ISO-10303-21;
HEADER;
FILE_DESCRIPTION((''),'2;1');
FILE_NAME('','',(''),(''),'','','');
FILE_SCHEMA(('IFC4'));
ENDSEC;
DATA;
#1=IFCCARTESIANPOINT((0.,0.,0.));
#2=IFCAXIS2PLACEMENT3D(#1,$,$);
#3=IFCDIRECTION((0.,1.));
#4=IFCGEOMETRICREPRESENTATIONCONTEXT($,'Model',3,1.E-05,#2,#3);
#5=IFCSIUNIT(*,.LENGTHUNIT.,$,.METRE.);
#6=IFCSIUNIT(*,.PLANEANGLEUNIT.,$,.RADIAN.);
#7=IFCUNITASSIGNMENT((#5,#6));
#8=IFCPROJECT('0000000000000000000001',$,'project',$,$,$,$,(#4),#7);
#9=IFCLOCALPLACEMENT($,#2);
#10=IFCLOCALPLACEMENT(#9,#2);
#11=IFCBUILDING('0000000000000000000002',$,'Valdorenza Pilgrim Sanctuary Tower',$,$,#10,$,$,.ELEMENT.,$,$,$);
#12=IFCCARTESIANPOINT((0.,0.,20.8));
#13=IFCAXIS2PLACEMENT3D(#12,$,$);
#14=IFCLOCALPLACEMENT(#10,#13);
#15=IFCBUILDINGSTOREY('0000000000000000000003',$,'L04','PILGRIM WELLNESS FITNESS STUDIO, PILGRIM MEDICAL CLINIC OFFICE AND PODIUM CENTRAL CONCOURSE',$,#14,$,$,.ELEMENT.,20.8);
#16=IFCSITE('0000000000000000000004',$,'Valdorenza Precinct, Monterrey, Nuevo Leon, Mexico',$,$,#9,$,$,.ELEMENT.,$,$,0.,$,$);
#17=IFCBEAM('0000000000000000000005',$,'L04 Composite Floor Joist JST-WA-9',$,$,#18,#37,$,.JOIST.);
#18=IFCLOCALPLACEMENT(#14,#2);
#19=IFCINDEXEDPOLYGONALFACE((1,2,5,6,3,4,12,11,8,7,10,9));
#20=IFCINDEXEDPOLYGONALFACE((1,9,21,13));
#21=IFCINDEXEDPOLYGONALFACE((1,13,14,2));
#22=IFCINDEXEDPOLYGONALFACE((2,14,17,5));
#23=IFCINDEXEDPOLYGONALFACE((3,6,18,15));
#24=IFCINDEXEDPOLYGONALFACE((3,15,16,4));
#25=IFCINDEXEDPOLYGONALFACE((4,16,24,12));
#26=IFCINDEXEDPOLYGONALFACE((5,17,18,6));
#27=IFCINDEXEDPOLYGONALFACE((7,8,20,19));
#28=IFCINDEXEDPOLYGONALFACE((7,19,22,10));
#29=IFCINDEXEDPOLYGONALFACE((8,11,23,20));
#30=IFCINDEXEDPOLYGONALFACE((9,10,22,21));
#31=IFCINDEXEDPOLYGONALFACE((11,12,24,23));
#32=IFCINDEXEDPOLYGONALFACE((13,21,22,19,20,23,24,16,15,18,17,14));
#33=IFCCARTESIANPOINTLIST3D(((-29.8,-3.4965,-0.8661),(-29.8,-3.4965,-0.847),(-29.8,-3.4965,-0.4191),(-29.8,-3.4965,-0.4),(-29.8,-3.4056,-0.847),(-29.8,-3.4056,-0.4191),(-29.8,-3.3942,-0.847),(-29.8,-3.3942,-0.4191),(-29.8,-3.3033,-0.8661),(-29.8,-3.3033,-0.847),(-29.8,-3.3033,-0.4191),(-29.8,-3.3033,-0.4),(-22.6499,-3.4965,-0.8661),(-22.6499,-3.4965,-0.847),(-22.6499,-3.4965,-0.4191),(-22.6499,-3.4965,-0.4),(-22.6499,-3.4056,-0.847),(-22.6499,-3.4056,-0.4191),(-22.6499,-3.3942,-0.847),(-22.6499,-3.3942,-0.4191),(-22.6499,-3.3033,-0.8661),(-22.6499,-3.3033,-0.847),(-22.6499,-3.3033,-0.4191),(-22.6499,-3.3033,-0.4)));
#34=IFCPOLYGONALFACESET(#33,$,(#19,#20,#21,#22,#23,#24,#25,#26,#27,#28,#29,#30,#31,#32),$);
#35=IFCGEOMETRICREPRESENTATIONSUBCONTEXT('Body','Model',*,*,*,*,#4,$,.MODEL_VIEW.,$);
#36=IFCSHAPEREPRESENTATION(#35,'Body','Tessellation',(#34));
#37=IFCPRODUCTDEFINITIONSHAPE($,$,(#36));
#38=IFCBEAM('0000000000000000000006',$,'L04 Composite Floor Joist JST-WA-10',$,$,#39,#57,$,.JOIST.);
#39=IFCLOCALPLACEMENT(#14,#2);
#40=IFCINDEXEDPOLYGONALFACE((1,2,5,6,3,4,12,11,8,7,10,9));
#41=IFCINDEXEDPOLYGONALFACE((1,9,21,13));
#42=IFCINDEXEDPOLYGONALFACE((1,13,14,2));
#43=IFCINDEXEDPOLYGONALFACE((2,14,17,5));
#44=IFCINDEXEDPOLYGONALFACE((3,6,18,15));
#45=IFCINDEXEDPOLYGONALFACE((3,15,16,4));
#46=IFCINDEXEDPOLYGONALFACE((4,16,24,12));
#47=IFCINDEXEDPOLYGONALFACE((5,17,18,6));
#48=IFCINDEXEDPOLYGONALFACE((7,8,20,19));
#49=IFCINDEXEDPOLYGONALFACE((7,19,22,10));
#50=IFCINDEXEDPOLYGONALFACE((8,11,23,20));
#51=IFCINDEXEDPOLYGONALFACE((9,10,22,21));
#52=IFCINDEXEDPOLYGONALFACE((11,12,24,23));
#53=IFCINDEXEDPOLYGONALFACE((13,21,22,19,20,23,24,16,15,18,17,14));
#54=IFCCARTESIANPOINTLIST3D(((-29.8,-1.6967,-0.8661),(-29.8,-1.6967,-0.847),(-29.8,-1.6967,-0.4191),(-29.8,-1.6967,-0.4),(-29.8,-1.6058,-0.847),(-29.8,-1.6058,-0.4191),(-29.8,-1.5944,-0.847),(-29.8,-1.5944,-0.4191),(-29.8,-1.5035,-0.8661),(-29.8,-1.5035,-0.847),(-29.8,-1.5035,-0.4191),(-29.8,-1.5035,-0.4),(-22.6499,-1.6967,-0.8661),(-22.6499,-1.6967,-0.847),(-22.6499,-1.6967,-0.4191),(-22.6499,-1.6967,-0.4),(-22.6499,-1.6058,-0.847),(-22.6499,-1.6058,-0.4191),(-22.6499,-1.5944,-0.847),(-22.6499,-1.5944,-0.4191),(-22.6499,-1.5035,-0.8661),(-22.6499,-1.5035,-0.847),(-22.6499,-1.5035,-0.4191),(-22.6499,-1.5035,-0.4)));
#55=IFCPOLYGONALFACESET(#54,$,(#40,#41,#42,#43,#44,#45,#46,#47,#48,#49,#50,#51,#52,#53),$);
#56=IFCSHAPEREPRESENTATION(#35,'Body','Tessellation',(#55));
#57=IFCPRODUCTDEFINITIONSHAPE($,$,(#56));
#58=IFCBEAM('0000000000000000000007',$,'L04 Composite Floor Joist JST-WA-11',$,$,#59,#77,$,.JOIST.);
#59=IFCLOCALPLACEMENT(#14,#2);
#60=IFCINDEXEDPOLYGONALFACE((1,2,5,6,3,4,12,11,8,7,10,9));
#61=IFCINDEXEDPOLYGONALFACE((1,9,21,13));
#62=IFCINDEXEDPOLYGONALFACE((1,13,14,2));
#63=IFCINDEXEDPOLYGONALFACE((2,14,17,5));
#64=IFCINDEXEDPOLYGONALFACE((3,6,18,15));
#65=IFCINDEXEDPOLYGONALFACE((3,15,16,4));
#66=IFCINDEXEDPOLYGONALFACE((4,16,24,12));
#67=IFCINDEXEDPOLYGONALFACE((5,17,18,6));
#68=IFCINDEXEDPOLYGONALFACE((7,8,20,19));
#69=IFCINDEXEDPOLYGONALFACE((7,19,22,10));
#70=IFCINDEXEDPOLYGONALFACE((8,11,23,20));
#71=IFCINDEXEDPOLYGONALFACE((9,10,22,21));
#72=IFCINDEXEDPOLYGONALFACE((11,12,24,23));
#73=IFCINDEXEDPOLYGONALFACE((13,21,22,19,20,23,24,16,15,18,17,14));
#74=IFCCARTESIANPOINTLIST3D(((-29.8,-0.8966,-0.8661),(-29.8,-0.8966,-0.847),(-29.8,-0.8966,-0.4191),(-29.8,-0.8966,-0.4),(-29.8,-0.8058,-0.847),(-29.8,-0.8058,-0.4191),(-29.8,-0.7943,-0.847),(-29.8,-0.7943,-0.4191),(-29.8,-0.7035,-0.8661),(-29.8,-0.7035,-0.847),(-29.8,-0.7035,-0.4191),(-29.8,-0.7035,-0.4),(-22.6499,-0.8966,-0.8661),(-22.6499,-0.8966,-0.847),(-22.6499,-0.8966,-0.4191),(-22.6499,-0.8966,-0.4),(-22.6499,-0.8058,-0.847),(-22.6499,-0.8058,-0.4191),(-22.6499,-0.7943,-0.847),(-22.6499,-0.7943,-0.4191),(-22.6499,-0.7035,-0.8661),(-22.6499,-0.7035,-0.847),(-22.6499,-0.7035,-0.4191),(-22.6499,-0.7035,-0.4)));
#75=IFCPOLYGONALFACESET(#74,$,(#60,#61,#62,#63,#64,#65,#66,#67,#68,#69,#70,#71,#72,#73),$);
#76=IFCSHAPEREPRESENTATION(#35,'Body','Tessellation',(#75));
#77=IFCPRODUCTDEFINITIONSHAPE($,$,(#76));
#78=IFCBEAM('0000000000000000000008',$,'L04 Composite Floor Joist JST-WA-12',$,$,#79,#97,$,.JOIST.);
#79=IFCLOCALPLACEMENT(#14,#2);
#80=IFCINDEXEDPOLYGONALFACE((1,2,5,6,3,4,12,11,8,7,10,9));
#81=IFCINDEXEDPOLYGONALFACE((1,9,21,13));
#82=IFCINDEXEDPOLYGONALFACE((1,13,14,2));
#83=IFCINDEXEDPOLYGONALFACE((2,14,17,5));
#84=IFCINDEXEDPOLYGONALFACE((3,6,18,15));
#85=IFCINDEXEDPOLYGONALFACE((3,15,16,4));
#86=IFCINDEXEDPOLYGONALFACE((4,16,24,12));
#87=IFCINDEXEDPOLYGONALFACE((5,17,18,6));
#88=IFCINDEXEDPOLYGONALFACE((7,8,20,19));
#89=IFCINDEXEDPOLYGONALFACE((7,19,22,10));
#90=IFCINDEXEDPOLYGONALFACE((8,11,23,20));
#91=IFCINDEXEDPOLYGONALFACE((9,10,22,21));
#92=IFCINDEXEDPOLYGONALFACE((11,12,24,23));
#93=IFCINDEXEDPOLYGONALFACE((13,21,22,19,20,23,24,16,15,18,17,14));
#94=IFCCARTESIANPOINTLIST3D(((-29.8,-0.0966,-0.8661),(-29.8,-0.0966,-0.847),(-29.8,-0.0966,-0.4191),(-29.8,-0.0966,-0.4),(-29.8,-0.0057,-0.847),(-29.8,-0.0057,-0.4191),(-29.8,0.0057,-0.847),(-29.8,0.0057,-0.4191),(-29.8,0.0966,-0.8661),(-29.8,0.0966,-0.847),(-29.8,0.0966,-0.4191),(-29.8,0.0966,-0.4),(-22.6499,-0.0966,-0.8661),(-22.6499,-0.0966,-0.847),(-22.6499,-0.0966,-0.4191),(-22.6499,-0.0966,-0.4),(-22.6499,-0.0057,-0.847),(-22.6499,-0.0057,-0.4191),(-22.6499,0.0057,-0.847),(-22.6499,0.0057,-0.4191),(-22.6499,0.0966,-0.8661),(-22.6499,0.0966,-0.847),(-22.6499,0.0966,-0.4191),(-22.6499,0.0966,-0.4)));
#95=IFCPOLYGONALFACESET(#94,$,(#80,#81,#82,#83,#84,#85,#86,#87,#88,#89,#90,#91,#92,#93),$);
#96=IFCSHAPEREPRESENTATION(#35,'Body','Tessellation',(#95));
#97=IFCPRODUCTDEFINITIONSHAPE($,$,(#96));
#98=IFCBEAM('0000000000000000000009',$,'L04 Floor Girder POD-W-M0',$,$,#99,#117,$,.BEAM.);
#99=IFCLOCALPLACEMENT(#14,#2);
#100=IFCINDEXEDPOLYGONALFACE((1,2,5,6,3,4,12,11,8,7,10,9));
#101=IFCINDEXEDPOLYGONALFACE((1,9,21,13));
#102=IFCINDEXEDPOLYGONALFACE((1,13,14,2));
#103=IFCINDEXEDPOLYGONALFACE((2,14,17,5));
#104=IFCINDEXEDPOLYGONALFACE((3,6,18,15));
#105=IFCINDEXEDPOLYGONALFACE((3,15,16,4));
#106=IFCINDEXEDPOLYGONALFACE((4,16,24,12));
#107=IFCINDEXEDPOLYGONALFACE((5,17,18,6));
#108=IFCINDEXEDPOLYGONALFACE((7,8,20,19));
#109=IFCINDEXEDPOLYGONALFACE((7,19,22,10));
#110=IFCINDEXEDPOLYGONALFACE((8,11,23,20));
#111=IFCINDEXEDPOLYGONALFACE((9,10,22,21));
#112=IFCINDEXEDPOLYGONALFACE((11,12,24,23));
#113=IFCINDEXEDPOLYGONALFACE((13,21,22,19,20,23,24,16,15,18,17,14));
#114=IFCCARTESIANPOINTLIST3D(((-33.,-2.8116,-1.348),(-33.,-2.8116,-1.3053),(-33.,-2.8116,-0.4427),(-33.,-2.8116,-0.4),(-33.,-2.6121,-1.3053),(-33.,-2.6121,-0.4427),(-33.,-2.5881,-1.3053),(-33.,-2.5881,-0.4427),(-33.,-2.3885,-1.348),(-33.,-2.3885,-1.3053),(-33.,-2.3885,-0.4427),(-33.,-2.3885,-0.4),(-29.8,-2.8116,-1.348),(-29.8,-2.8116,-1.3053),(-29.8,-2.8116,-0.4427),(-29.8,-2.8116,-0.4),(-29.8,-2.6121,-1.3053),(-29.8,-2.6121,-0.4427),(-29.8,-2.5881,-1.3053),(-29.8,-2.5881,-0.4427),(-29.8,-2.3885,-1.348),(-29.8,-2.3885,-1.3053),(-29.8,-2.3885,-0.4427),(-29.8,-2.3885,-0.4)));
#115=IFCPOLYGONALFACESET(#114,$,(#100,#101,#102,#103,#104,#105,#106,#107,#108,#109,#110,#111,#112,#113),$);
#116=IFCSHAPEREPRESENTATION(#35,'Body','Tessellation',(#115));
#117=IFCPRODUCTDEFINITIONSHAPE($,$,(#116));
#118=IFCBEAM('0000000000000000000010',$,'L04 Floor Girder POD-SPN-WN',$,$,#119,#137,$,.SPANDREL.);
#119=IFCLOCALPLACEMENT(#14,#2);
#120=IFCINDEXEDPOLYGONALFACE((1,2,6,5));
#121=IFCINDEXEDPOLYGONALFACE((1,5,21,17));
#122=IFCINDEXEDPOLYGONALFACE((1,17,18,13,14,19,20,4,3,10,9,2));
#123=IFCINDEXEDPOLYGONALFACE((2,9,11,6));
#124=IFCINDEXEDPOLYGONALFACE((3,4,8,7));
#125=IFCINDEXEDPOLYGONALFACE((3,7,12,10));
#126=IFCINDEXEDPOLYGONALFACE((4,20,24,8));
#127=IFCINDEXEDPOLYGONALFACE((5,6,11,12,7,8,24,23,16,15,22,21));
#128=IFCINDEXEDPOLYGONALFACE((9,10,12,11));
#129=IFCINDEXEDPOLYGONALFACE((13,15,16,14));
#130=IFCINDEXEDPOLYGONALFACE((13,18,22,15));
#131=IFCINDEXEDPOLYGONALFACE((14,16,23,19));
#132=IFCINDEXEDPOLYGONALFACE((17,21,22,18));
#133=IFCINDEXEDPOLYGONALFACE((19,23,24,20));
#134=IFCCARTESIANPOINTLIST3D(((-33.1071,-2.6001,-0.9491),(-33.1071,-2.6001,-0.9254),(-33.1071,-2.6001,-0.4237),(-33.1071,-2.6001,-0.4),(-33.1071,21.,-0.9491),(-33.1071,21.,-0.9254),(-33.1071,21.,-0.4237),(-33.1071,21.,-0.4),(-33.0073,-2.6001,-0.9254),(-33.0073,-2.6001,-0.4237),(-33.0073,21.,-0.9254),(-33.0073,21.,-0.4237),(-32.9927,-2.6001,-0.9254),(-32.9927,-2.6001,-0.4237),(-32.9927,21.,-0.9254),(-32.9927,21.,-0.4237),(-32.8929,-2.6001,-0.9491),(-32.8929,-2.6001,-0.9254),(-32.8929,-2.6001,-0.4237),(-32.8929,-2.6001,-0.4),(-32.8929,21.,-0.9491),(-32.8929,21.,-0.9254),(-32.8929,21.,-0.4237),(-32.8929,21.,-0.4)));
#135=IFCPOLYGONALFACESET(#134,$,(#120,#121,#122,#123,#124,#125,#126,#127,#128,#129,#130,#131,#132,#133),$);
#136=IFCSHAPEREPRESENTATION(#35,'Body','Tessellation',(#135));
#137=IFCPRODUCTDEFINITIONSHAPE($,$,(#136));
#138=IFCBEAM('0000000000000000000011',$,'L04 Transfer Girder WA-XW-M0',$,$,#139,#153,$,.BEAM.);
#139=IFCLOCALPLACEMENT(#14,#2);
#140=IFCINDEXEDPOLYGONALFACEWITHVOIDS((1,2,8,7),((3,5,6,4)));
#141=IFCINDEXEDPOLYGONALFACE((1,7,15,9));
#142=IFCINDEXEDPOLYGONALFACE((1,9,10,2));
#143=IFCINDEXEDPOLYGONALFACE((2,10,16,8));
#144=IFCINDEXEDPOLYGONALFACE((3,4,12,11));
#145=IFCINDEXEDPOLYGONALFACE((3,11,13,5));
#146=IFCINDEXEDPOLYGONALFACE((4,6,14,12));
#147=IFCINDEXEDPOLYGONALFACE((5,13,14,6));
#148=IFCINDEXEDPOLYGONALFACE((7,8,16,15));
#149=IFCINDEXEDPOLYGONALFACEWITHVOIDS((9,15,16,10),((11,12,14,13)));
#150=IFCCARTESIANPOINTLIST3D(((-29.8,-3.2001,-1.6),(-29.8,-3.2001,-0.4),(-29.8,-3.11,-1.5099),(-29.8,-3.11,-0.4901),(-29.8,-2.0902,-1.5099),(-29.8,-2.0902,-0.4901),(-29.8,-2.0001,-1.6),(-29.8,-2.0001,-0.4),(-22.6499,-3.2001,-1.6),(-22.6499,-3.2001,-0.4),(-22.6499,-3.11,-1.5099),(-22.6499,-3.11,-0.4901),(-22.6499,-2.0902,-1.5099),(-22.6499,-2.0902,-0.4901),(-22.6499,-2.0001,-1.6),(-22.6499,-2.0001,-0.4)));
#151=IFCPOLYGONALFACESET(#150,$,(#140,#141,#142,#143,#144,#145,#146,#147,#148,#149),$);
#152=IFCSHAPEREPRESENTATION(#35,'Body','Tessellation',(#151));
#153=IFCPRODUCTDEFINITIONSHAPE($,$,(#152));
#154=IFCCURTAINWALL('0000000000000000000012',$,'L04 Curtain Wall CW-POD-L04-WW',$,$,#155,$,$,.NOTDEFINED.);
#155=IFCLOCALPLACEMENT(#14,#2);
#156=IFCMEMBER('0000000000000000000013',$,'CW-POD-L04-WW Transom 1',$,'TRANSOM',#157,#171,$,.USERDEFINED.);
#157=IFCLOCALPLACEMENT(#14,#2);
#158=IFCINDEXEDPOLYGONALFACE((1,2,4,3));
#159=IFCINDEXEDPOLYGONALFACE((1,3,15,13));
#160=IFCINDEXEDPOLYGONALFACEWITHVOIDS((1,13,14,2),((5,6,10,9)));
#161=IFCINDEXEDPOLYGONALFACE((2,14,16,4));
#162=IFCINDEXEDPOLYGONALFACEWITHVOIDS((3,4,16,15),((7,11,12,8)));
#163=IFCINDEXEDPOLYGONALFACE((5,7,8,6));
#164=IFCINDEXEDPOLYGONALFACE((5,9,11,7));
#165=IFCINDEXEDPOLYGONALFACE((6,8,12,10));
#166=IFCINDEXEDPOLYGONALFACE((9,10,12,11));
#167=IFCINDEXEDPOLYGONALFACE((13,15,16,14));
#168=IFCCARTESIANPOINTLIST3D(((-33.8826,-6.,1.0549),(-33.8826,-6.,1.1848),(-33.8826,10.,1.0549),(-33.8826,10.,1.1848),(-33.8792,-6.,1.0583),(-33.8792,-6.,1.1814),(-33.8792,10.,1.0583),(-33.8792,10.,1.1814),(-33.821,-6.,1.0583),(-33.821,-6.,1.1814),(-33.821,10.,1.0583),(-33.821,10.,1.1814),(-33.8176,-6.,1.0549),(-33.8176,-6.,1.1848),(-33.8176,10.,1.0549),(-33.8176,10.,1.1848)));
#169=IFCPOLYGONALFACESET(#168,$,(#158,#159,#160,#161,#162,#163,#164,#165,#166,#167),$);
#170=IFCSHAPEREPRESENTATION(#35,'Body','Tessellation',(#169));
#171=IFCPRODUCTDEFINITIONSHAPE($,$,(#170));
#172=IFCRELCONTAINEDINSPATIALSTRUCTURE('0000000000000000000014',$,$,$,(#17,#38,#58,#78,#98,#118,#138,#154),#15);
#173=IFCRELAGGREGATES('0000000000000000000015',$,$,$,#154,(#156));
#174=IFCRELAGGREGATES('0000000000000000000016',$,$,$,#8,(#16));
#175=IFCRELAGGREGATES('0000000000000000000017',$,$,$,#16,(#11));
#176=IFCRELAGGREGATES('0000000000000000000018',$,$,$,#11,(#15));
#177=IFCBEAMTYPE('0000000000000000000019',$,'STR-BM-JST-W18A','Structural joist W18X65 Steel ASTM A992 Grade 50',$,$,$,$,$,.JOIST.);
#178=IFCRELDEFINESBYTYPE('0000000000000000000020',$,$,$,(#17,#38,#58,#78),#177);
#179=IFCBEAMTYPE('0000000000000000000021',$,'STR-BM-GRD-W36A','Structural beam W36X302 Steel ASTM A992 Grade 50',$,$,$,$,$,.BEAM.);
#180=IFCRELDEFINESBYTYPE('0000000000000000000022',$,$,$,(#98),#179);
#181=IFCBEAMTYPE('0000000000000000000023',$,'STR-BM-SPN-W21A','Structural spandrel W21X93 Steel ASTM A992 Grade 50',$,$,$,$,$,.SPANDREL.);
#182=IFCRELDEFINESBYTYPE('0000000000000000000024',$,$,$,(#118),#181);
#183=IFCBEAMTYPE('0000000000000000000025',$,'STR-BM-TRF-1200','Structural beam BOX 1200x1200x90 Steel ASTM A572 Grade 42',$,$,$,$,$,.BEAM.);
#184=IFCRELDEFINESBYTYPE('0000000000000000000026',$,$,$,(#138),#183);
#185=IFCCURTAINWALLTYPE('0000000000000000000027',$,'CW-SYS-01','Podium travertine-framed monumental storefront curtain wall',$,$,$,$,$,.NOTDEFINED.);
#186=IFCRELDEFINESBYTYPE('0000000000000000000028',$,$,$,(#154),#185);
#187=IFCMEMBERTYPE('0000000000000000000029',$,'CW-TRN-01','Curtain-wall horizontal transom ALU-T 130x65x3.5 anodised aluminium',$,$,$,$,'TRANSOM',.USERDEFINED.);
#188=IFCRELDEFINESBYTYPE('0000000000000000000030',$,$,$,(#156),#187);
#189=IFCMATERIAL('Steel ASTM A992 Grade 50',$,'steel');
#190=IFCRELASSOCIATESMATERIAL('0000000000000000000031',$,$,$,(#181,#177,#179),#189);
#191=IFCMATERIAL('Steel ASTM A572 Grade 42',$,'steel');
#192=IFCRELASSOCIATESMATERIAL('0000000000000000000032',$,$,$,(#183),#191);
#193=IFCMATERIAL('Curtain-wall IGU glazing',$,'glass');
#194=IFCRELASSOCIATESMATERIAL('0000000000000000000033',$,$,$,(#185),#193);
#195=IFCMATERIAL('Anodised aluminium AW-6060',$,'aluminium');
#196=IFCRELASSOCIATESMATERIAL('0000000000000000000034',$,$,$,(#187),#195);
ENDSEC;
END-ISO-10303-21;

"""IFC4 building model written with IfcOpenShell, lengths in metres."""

from ifc_helpers import new_model, si_unit, direction, frame, origin, origin_2d, place, context, subcontext, project, spatial, hollow_rectangle, i_section, extrude, source, transform, mapped, material, material_profile, profile_set, type_object, element, aggregate, save


model = new_model("IFC4")

# Units and contexts
model_context = context("Model", 3, precision=1e-05, world=origin(), true_north=direction((0.0, 1.0)))
body_context = subcontext(model_context, "Body", "Model", "MODEL_VIEW")
ifc_project = project(units=[si_unit("LENGTHUNIT", "METRE"), si_unit("PLANEANGLEUNIT", "RADIAN")], contexts=[model_context])

# Site, building, storey
site_placement = place(None, origin())
site = spatial("IfcSite", under=ifc_project, at=site_placement, Name="Valdorenza Precinct, Monterrey, Nuevo Leon, Mexico", CompositionType="ELEMENT", RefElevation=0.0)
building_placement = place(site_placement, origin())
building = spatial("IfcBuilding", under=site, at=building_placement, Name="Valdorenza Pilgrim Sanctuary Tower", CompositionType="ELEMENT")
storey_placement = place(building_placement, frame((0.0, 0.0, 20.8)))
storey = spatial("IfcBuildingStorey", under=building, at=storey_placement, Name="L04", Description="PILGRIM WELLNESS FITNESS STUDIO, PILGRIM MEDICAL CLINIC OFFICE AND PODIUM CENTRAL CONCOURSE", CompositionType="ELEMENT", Elevation=20.8)

# Beams
ifc_material_1 = material(Name="Steel ASTM A992 Grade 50", Category="steel")
ifc_material_profile_1 = material_profile(ifc_material_1, i_section(OverallWidth=0.2141, OverallDepth=0.5491, WebThickness=0.0146, FlangeThickness=0.0237, at=origin_2d()), Name="W21X93")
ifc_profile_set_1 = profile_set([ifc_material_profile_1], Name="Steel ASTM A992 Grade 50")
beam_type_1 = type_object("IfcBeamType", Name="STR-BM-SPN-W21A", Description="Structural spandrel W21X93 Steel ASTM A992 Grade 50", PredefinedType="SPANDREL", material=ifc_profile_set_1)
ifc_material_profile_2 = material_profile(ifc_material_1, i_section(OverallWidth=0.1931, OverallDepth=0.4661, WebThickness=0.0115, FlangeThickness=0.019, at=origin_2d()), Name="W18X65")
ifc_profile_set_2 = profile_set([ifc_material_profile_2], Name="Steel ASTM A992 Grade 50")
beam_type_2 = type_object("IfcBeamType", Name="STR-BM-JST-W18A", Description="Structural joist W18X65 Steel ASTM A992 Grade 50", PredefinedType="JOIST", material=ifc_profile_set_2)
shared_shape_1 = source(origin(), body_context, "Body", "SweptSolid", [
    extrude(i_section(OverallWidth=0.1931, OverallDepth=0.4661, WebThickness=0.0115, FlangeThickness=0.019, at=origin_2d()), origin(), (0.0, 0.0, 1.0), 7.1501),
])
for number, where, z_axis, x_axis, name in (
    (1, (-29.8, -3.3999, -0.6331), (1.0, 0.0, 0.0), (0.0, 1.0, 0.0), "L04 Composite Floor Joist JST-WA-9"),
    (2, (-29.8, -1.6001, -0.6331), (1.0, 0.0, 0.0), (0.0, 1.0, 0.0), "L04 Composite Floor Joist JST-WA-10"),
    (3, (-29.8, -0.8, -0.6331), (1.0, 0.0, 0.0), (0.0, 1.0, 0.0), "L04 Composite Floor Joist JST-WA-11"),
    (4, (-29.8, 0.0, -0.6331), (1.0, 0.0, 0.0), (0.0, 1.0, 0.0), "L04 Composite Floor Joist JST-WA-12"),
):
    element("IfcBeam", number, at=place(storey_placement, frame(where, z_axis=z_axis, x_axis=x_axis)), inside=storey, type_object=beam_type_2, Name=name, PredefinedType="JOIST", context=body_context, shape_type="MappedRepresentation", body=[
        mapped(shared_shape_1, transform((0.0, 0.0, 0.0), x_axis=(1.0, 0.0, 0.0), y_axis=(0.0, 1.0, 0.0), z_axis=(0.0, 0.0, 1.0), scale=1.0)),
    ])
ifc_material_profile_3 = material_profile(ifc_material_1, i_section(OverallWidth=0.4231, OverallDepth=0.948, WebThickness=0.0239, FlangeThickness=0.0427, at=origin_2d()), Name="W36X302")
ifc_profile_set_3 = profile_set([ifc_material_profile_3], Name="Steel ASTM A992 Grade 50")
beam_type_3 = type_object("IfcBeamType", Name="STR-BM-GRD-W36A", Description="Structural beam W36X302 Steel ASTM A992 Grade 50", PredefinedType="BEAM", material=ifc_profile_set_3)
shared_shape_2 = source(origin(), body_context, "Body", "SweptSolid", [
    extrude(i_section(OverallWidth=0.4231, OverallDepth=0.948, WebThickness=0.0239, FlangeThickness=0.0427, at=origin_2d()), origin(), (0.0, 0.0, 1.0), 3.2),
])
beam_1_placement = place(storey_placement, frame((-33.0, -2.6001, -0.874), z_axis=(1.0, 0.0, 0.0), x_axis=(0.0, 1.0, 0.0)))
element("IfcBeam", 5, at=beam_1_placement, inside=storey, type_object=beam_type_3, Name="L04 Floor Girder POD-W-M0", PredefinedType="BEAM", context=body_context, shape_type="MappedRepresentation", body=[
    mapped(shared_shape_2, transform((0.0, 0.0, 0.0), x_axis=(1.0, 0.0, 0.0), y_axis=(0.0, 1.0, 0.0), z_axis=(0.0, 0.0, 1.0), scale=1.0)),
])
shared_shape_3 = source(origin(), body_context, "Body", "SweptSolid", [
    extrude(i_section(OverallWidth=0.2141, OverallDepth=0.5491, WebThickness=0.0146, FlangeThickness=0.0237, at=origin_2d()), origin(), (0.0, 0.0, 1.0), 23.6001),
])
beam_2_placement = place(storey_placement, frame((-33.0, -2.6001, -0.6746), z_axis=(0.0, 1.0, 0.0), x_axis=(-1.0, 0.0, 0.0)))
element("IfcBeam", 6, at=beam_2_placement, inside=storey, type_object=beam_type_1, Name="L04 Floor Girder POD-SPN-WN", PredefinedType="SPANDREL", context=body_context, shape_type="MappedRepresentation", body=[
    mapped(shared_shape_3, transform((0.0, 0.0, 0.0), x_axis=(1.0, 0.0, 0.0), y_axis=(0.0, 1.0, 0.0), z_axis=(0.0, 0.0, 1.0), scale=1.0)),
])
ifc_material_2 = material(Name="Steel ASTM A572 Grade 42", Category="steel")
ifc_material_profile_4 = material_profile(ifc_material_2, hollow_rectangle(XDim=1.2, YDim=1.2, WallThickness=0.0901, at=origin_2d()), Name="BOX 1200x1200x90")
ifc_profile_set_4 = profile_set([ifc_material_profile_4], Name="Steel ASTM A572 Grade 42")
beam_type_4 = type_object("IfcBeamType", Name="STR-BM-TRF-1200", Description="Structural beam BOX 1200x1200x90 Steel ASTM A572 Grade 42", PredefinedType="BEAM", material=ifc_profile_set_4)
shared_shape_4 = source(origin(), body_context, "Body", "SweptSolid", [
    extrude(hollow_rectangle(XDim=1.2, YDim=1.2, WallThickness=0.0901, at=origin_2d()), origin(), (0.0, 0.0, 1.0), 7.1501),
])
beam_3_placement = place(storey_placement, frame((-29.8, -2.6001, -1.0), z_axis=(1.0, 0.0, 0.0), x_axis=(0.0, 1.0, 0.0)))
element("IfcBeam", 7, at=beam_3_placement, inside=storey, type_object=beam_type_4, Name="L04 Transfer Girder WA-XW-M0", PredefinedType="BEAM", context=body_context, shape_type="MappedRepresentation", body=[
    mapped(shared_shape_4, transform((0.0, 0.0, 0.0), x_axis=(1.0, 0.0, 0.0), y_axis=(0.0, 1.0, 0.0), z_axis=(0.0, 0.0, 1.0), scale=1.0)),
])

# Curtain wall, member
ifc_material_3 = material(Name="Curtain-wall IGU glazing", Category="glass")
curtain_wall_type = type_object("IfcCurtainWallType", Name="CW-SYS-01", Description="Podium travertine-framed monumental storefront curtain wall", PredefinedType="NOTDEFINED", material=ifc_material_3)
curtain_wall_placement = place(storey_placement, origin())
curtain_wall = element("IfcCurtainWall", 8, at=curtain_wall_placement, inside=storey, type_object=curtain_wall_type, Name="L04 Curtain Wall CW-POD-L04-WW", PredefinedType="NOTDEFINED")
ifc_material_4 = material(Name="Anodised aluminium AW-6060", Category="aluminium")
ifc_material_profile_5 = material_profile(ifc_material_4, hollow_rectangle(XDim=0.0649, YDim=0.1299, WallThickness=0.0034, at=origin_2d()), Name="ALU-T 130x65x3.5")
ifc_profile_set_5 = profile_set([ifc_material_profile_5], Name="Anodised aluminium AW-6060")
member_type_1 = type_object("IfcMemberType", Name="CW-TRN-01", Description="Curtain-wall horizontal transom ALU-T 130x65x3.5 anodised aluminium", ElementType="TRANSOM", PredefinedType="USERDEFINED", material=ifc_profile_set_5)
shared_shape_5 = source(origin(), body_context, "Body", "SweptSolid", [
    extrude(hollow_rectangle(XDim=0.0649, YDim=0.1299, WallThickness=0.0034, at=origin_2d()), origin(), (0.0, 0.0, 1.0), 16.0),
])
member_1_placement = place(storey_placement, frame((-33.8501, -6.0, 1.1199), z_axis=(0.0, 1.0, 0.0), x_axis=(-1.0, 0.0, 0.0)))
member_1 = element("IfcMember", 9, at=member_1_placement, type_object=member_type_1, Name="CW-POD-L04-WW Transom 1", ObjectType="TRANSOM", PredefinedType="USERDEFINED", context=body_context, shape_type="MappedRepresentation", body=[
    mapped(shared_shape_5, transform((0.0, 0.0, 0.0), x_axis=(1.0, 0.0, 0.0), y_axis=(0.0, 1.0, 0.0), z_axis=(0.0, 0.0, 1.0), scale=1.0)),
])
aggregate(curtain_wall, [member_1])

save(model, "model.ifc")
